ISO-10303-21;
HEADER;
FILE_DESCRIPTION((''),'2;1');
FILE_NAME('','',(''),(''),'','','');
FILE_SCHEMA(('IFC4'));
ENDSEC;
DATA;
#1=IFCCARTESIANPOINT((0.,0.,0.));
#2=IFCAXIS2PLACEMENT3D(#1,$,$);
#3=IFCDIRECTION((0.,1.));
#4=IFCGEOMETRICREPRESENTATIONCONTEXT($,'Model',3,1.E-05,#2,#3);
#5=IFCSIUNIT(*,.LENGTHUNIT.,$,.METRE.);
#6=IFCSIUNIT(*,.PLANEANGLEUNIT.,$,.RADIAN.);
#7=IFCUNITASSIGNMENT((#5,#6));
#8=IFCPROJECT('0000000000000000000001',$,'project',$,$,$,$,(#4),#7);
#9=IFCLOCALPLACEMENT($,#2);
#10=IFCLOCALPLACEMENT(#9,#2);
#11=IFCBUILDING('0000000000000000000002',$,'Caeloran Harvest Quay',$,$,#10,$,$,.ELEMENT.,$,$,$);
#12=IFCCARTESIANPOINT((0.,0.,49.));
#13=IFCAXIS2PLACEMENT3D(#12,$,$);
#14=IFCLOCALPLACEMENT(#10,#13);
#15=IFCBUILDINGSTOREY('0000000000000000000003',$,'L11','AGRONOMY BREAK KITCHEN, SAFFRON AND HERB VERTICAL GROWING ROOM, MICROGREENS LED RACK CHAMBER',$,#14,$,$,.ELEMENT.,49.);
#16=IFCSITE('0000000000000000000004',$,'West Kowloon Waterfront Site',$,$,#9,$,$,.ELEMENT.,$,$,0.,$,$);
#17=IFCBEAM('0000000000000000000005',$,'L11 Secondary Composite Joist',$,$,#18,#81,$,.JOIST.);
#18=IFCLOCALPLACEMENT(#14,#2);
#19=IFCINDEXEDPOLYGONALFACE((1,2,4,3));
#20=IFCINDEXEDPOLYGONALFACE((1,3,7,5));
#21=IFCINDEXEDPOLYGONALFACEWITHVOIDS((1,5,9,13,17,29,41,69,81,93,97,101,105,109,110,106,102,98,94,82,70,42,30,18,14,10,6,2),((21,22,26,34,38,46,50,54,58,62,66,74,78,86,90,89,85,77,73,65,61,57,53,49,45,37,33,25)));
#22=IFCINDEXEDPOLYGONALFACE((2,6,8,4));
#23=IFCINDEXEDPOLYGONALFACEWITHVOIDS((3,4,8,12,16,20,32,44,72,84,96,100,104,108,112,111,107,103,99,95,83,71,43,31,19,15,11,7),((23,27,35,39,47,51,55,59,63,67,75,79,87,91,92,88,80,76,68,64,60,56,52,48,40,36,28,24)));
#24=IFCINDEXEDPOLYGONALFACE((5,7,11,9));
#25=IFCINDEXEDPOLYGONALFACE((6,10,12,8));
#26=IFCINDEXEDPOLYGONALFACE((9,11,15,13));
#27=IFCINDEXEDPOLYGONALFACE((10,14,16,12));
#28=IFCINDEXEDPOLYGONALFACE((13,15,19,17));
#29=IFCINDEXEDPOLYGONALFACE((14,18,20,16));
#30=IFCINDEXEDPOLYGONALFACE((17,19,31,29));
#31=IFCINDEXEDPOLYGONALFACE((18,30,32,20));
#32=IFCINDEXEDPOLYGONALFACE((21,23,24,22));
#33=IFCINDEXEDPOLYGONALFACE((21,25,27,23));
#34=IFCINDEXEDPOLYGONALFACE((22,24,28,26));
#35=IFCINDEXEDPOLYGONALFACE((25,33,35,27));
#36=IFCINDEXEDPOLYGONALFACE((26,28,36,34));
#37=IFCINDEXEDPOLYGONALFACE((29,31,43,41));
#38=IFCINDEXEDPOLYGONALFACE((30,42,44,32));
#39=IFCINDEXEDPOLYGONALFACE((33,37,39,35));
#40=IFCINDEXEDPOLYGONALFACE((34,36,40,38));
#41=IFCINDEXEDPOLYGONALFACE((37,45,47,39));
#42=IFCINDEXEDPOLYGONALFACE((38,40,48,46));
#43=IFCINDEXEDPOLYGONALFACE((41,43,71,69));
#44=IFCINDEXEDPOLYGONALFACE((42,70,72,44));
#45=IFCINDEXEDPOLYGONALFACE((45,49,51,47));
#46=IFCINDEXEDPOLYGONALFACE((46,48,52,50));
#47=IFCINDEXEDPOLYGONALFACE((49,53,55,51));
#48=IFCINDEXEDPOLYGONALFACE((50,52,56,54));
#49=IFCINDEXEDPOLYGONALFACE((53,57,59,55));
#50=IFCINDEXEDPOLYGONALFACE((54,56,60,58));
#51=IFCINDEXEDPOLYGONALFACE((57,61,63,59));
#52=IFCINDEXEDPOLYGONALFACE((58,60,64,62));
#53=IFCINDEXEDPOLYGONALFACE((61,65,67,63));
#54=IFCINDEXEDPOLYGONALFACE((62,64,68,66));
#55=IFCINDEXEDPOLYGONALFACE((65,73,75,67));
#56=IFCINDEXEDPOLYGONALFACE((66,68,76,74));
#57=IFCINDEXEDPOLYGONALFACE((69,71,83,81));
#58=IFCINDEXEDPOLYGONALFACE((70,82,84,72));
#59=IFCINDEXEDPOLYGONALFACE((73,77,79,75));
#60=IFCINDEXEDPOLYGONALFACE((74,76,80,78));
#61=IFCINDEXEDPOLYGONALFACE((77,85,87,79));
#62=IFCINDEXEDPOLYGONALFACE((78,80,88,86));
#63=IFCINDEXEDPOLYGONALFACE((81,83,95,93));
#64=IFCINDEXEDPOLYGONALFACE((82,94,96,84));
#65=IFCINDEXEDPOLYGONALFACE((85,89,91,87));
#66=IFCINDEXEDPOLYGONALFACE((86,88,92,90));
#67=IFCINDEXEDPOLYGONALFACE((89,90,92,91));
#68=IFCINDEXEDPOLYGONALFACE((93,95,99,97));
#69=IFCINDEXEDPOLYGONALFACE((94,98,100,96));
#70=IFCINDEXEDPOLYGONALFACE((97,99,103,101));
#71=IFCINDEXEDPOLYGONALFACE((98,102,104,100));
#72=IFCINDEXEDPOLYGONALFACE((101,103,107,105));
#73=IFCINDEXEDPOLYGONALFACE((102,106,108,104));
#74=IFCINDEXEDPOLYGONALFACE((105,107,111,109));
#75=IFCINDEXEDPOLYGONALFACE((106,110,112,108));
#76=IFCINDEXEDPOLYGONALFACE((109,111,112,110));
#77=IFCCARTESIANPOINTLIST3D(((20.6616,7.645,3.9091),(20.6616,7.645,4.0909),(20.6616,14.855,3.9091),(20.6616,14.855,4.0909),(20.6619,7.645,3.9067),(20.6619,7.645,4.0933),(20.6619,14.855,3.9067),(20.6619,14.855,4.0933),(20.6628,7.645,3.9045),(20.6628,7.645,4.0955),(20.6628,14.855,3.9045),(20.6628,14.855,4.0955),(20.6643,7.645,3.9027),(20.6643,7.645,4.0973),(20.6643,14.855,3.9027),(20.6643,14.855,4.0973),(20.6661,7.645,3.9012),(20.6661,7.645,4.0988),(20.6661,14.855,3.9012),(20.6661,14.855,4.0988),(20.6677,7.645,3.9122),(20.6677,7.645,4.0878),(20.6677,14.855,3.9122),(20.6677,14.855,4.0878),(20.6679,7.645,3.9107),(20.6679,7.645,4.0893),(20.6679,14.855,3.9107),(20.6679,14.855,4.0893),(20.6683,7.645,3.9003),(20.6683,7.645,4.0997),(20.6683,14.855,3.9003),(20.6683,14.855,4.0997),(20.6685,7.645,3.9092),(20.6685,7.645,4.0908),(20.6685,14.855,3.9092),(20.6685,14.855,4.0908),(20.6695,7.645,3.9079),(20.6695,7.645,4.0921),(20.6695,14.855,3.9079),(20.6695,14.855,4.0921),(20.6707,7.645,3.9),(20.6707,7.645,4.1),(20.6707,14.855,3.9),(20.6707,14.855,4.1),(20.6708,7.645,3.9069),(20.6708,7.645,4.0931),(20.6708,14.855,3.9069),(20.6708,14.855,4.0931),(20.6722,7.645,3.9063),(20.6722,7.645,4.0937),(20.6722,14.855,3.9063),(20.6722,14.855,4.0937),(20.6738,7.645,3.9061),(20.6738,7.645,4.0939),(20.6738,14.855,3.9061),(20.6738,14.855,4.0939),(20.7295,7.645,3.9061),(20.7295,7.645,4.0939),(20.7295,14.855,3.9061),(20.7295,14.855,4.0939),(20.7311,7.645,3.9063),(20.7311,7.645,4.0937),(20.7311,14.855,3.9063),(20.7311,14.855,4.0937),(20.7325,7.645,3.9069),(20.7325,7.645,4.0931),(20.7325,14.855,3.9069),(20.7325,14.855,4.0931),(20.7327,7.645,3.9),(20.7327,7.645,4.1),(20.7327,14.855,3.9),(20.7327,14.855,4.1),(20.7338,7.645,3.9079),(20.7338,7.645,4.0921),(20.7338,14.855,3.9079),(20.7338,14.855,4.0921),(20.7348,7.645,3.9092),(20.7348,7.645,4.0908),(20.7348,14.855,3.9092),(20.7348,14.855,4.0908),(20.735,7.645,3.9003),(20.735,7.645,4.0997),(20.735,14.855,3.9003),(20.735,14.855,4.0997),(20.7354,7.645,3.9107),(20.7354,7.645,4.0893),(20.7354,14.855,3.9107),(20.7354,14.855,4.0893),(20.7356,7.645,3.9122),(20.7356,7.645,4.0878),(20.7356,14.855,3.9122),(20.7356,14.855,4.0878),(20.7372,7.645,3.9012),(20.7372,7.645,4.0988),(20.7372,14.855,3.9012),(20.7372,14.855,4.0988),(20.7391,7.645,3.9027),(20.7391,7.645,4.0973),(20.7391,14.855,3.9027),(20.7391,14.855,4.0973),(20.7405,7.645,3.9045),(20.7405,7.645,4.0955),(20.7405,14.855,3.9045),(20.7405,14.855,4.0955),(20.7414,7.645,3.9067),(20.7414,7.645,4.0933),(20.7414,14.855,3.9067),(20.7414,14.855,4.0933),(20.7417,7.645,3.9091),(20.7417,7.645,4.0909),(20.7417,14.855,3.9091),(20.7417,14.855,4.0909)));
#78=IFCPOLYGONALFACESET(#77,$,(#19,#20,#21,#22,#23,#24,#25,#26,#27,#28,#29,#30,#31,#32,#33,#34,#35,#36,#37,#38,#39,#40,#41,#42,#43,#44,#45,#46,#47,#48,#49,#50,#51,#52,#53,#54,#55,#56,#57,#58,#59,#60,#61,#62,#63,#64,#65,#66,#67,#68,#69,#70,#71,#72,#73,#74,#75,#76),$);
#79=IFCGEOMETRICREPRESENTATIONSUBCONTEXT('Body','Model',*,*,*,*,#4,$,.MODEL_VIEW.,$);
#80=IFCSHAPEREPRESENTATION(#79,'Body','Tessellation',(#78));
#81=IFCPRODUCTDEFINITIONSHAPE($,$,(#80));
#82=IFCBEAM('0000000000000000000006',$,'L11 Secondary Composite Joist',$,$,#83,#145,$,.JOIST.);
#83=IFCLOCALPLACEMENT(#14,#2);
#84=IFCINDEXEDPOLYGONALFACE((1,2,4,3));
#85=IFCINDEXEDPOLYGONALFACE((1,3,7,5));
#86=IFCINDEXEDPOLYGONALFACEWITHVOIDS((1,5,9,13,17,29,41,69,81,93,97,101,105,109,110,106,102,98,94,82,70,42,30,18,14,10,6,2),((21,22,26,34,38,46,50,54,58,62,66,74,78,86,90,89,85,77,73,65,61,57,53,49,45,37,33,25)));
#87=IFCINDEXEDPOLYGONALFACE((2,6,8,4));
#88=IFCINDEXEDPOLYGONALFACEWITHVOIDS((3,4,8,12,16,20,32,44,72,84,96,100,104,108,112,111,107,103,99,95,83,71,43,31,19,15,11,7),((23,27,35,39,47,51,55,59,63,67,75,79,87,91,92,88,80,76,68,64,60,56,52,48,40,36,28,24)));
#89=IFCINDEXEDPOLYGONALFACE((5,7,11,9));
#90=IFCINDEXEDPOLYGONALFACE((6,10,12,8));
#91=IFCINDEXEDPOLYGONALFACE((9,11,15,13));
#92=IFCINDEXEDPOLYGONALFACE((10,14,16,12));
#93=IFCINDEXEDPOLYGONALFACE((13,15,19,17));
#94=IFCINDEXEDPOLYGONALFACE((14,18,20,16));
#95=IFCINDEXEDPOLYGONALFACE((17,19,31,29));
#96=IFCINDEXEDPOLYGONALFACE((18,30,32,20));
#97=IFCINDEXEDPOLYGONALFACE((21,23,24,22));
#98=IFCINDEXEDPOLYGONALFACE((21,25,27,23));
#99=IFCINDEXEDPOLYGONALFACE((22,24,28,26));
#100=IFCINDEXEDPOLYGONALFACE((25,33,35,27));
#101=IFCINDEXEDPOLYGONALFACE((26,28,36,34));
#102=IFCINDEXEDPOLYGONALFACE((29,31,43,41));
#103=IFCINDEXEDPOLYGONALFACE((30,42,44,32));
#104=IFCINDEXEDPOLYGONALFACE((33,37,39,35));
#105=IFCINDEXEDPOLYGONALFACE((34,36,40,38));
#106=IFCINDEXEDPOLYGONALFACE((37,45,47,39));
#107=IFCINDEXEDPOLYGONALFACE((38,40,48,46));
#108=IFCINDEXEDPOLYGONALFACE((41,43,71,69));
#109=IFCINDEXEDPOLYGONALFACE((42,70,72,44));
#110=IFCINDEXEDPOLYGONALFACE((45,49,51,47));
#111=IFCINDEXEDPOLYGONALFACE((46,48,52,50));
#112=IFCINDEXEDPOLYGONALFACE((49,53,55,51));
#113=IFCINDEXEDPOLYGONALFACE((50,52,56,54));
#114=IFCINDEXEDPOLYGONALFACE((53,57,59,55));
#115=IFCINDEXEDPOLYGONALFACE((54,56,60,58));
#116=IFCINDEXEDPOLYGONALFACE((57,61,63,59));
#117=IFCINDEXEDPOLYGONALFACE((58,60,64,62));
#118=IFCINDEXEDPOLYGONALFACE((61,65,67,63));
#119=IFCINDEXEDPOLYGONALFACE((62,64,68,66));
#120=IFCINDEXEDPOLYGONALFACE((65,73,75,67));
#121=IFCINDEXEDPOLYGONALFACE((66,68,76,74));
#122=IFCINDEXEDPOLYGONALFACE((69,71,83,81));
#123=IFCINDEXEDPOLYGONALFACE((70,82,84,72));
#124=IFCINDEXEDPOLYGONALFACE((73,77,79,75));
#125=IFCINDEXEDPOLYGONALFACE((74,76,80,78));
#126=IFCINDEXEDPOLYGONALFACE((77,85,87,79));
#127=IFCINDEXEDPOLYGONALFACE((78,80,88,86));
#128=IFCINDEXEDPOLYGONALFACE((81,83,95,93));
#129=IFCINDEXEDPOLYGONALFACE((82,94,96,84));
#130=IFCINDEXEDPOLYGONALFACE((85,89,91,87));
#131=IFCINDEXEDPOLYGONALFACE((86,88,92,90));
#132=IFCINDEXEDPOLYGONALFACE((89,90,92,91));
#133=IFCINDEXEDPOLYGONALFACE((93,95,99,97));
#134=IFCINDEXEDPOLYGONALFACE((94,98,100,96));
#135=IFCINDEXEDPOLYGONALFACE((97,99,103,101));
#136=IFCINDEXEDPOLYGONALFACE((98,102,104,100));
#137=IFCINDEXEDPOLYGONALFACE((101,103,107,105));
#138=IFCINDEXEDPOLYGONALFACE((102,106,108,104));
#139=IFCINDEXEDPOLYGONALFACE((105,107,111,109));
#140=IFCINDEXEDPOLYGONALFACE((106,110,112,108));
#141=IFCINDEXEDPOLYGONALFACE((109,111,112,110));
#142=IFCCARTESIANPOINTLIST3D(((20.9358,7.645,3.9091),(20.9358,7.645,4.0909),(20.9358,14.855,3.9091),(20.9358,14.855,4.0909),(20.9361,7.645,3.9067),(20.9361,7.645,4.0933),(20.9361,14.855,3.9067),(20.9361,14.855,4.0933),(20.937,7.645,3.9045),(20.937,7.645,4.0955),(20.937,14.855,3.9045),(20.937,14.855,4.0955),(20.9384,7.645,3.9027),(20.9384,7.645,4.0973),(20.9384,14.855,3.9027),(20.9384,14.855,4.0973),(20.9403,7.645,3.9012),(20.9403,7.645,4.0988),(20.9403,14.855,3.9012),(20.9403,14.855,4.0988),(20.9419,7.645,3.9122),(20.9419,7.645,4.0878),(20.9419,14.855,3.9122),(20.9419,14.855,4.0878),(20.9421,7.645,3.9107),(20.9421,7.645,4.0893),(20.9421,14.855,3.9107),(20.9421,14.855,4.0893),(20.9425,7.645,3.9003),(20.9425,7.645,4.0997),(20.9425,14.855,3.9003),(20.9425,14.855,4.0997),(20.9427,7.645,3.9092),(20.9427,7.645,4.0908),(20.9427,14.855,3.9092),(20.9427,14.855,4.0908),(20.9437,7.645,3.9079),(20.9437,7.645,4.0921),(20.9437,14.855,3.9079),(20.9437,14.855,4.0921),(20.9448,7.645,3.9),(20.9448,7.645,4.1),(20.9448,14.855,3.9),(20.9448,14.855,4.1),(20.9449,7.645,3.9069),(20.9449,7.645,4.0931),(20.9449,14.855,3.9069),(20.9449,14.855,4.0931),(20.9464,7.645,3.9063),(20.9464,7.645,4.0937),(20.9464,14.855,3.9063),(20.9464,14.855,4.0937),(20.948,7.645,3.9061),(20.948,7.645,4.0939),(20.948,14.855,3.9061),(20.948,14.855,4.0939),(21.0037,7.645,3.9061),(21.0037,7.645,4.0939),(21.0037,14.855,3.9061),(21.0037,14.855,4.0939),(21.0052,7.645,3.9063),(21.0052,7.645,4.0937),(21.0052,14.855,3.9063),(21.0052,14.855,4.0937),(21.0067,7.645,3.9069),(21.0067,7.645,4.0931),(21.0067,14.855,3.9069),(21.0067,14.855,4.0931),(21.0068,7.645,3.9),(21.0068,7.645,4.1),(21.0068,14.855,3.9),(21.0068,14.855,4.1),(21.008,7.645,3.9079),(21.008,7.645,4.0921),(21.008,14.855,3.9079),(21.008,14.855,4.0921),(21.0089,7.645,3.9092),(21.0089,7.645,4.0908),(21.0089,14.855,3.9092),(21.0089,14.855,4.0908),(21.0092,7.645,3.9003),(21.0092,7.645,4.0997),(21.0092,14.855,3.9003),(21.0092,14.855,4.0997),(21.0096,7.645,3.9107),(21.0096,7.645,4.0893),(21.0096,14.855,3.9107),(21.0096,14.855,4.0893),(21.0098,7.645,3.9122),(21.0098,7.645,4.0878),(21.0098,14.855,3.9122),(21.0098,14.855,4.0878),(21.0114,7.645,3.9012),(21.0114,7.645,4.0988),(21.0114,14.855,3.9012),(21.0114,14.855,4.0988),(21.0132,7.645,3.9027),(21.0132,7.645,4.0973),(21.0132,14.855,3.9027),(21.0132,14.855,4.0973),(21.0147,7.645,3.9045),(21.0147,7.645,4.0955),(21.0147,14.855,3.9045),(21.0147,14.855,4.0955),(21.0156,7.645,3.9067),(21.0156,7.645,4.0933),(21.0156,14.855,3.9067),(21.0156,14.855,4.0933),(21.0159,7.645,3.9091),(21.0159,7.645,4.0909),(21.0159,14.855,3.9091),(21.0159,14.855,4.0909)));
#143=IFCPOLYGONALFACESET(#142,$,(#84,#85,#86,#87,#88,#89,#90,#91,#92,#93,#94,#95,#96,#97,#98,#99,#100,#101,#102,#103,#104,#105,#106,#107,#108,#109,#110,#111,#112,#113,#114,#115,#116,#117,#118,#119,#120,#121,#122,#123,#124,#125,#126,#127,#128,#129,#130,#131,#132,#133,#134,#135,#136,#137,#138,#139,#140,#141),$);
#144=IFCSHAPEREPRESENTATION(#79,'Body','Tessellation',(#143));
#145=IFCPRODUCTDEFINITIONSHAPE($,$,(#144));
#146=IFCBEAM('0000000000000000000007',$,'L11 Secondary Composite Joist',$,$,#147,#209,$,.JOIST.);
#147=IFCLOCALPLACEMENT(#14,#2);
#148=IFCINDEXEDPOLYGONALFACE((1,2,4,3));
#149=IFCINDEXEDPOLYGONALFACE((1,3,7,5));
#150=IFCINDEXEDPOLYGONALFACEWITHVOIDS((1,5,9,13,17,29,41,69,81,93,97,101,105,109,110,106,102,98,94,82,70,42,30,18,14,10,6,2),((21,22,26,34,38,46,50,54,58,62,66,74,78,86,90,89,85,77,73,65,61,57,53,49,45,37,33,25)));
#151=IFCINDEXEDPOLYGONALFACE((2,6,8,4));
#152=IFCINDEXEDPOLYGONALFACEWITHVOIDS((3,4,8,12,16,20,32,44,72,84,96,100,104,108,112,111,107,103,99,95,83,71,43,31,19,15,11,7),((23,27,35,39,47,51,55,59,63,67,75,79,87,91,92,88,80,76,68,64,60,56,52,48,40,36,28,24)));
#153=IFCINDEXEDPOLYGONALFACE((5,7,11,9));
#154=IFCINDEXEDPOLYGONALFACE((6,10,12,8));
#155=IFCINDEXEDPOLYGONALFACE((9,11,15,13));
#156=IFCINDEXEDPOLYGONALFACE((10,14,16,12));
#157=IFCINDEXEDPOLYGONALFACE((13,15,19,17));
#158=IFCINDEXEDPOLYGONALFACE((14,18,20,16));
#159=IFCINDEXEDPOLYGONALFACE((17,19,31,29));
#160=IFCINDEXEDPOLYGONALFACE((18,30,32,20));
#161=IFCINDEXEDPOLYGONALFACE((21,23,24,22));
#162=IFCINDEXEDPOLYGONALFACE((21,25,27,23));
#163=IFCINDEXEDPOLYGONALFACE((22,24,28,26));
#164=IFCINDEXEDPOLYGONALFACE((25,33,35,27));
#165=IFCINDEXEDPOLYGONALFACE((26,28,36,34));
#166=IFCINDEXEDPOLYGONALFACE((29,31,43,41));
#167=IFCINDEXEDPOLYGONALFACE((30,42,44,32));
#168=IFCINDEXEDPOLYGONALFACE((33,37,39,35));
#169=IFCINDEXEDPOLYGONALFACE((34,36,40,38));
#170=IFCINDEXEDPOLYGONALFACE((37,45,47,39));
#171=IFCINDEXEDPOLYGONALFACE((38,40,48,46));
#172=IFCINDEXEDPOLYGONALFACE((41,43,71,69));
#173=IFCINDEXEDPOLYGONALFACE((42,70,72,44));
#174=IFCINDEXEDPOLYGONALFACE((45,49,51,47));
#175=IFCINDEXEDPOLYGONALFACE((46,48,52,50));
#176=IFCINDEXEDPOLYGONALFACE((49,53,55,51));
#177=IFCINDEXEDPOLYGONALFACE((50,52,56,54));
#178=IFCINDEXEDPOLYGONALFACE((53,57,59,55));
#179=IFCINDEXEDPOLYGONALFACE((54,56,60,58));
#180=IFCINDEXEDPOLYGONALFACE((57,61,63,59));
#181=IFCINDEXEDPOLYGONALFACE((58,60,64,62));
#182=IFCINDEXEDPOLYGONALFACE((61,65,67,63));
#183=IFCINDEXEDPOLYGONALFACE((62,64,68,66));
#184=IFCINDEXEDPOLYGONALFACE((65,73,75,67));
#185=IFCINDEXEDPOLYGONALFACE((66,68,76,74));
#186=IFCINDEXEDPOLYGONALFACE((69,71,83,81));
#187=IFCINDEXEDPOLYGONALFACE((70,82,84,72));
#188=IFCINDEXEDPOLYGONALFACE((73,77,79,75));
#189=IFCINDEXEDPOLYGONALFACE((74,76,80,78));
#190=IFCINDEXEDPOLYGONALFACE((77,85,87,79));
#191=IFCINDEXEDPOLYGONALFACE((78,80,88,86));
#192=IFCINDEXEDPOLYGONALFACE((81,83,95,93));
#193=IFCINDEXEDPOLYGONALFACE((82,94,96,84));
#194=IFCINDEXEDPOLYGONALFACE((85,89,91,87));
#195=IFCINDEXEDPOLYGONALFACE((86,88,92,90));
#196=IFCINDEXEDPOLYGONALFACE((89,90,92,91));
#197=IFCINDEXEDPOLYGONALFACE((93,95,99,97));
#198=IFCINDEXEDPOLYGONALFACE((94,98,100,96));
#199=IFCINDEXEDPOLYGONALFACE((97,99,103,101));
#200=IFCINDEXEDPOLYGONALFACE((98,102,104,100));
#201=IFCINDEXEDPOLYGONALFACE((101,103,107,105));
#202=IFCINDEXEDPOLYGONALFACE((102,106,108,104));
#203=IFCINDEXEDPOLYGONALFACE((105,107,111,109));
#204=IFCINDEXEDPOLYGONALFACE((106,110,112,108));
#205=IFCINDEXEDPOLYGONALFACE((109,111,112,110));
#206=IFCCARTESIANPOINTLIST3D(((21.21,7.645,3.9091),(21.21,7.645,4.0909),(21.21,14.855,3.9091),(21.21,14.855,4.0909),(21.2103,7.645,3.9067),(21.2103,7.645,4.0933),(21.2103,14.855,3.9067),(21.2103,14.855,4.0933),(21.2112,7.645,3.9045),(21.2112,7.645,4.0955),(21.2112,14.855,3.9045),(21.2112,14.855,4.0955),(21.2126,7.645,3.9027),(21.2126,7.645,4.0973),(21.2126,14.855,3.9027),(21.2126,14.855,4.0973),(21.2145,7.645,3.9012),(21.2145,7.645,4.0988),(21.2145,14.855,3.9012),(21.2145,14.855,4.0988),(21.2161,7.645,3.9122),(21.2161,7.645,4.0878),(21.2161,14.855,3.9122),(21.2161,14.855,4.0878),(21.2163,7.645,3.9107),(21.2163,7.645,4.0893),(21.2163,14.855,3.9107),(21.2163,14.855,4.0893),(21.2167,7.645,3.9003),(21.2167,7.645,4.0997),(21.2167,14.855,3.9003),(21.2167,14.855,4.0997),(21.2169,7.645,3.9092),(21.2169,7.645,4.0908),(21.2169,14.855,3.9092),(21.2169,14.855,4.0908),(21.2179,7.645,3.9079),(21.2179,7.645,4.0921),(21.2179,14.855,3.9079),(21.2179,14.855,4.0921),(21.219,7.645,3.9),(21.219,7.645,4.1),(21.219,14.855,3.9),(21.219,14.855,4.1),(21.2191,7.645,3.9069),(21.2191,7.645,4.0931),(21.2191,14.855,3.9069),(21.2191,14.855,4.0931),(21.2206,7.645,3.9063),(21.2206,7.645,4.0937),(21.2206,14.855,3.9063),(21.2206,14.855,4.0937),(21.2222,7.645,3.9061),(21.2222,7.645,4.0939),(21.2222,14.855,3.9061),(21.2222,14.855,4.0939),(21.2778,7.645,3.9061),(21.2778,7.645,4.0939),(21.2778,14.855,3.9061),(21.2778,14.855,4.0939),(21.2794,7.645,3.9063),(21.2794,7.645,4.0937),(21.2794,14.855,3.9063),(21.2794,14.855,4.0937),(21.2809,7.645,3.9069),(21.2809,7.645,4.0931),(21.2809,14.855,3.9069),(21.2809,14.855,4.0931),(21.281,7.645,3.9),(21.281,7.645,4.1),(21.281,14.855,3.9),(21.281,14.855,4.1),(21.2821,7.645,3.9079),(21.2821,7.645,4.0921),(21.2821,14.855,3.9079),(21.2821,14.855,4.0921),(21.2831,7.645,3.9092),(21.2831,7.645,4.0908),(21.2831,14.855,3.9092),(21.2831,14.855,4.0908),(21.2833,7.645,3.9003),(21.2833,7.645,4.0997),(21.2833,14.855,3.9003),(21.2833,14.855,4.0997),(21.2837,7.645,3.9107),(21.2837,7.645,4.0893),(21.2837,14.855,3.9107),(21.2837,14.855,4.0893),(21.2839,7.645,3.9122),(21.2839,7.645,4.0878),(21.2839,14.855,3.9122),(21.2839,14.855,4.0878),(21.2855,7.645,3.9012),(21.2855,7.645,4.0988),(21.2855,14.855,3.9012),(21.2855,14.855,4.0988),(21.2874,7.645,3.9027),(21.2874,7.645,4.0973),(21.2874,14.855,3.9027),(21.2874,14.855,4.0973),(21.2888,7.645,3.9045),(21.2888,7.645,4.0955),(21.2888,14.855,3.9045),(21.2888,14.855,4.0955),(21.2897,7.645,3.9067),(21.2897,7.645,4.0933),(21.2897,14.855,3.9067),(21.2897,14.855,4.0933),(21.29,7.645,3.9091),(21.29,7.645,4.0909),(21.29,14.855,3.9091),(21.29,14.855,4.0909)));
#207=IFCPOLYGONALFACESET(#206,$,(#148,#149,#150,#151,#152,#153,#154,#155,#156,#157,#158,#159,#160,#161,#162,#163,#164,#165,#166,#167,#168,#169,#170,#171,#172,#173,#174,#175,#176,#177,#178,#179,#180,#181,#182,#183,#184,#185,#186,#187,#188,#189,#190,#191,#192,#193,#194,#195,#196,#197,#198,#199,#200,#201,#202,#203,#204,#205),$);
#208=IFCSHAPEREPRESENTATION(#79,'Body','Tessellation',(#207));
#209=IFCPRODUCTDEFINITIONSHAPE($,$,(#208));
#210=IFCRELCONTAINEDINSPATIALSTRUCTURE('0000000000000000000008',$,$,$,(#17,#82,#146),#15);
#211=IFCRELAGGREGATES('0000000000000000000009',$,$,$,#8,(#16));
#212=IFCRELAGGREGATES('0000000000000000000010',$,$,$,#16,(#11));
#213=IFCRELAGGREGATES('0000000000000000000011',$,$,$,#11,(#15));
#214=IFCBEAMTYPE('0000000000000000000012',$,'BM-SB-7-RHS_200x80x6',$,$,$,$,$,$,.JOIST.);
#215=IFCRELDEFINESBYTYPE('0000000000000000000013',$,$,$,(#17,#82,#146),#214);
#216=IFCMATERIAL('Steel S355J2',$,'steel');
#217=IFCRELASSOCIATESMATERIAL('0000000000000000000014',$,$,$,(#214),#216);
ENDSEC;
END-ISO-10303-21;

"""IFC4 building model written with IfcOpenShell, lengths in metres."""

from ifc_helpers import new_model, si_unit, direction, frame, origin, origin_2d, place, context, subcontext, project, spatial, hollow_rectangle, extrude, material, material_profile, profile_set, type_object, element, save


model = new_model("IFC4")

# Units and contexts
model_context = context("Model", 3, precision=1e-05, world=origin(), true_north=direction((0.0, 1.0)))
body_context = subcontext(model_context, "Body", "Model", "MODEL_VIEW")
ifc_project = project(units=[si_unit("LENGTHUNIT", "METRE"), si_unit("PLANEANGLEUNIT", "RADIAN")], contexts=[model_context])

# Site, building, storey
site_placement = place(None, origin())
site = spatial("IfcSite", under=ifc_project, at=site_placement, Name="West Kowloon Waterfront Site", CompositionType="ELEMENT", RefElevation=0.0)
building_placement = place(site_placement, origin())
building = spatial("IfcBuilding", under=site, at=building_placement, Name="Caeloran Harvest Quay", CompositionType="ELEMENT")
storey_placement = place(building_placement, frame((0.0, 0.0, 49.0)))
storey = spatial("IfcBuildingStorey", under=building, at=storey_placement, Name="L11", Description="AGRONOMY BREAK KITCHEN, SAFFRON AND HERB VERTICAL GROWING ROOM, MICROGREENS LED RACK CHAMBER", CompositionType="ELEMENT", Elevation=49.0)

# Beams
ifc_material_1 = material(Name="Steel S355J2", Category="steel")
ifc_material_profile_1 = material_profile(ifc_material_1, hollow_rectangle(XDim=0.0801, YDim=0.2, WallThickness=0.0061, InnerFilletRadius=0.0061, OuterFilletRadius=0.009, at=origin_2d()), Name="RHS 200x80x6")
ifc_profile_set_1 = profile_set([ifc_material_profile_1], Name="Steel S355J2")
beam_type_1 = type_object("IfcBeamType", Name="BM-SB-7-RHS_200x80x6", PredefinedType="JOIST", material=ifc_profile_set_1)
for number, where, z_axis, x_axis, name in (
    (1, (20.7017, 7.645, 4.0), (0.0, 1.0, 0.0), (-1.0, 0.0, 0.0), "L11 Secondary Composite Joist"),
    (2, (20.9758, 7.645, 4.0), (0.0, 1.0, 0.0), (-1.0, 0.0, 0.0), "L11 Secondary Composite Joist"),
    (3, (21.25, 7.645, 4.0), (0.0, 1.0, 0.0), (-1.0, 0.0, 0.0), "L11 Secondary Composite Joist"),
):
    element("IfcBeam", number, at=place(storey_placement, frame(where, z_axis=z_axis, x_axis=x_axis)), inside=storey, type_object=beam_type_1, Name=name, PredefinedType="JOIST", context=body_context, shape_type="SweptSolid", body=[
        extrude(hollow_rectangle(XDim=0.0801, YDim=0.2, WallThickness=0.0061, InnerFilletRadius=0.0061, OuterFilletRadius=0.009, at=origin_2d()), origin(), (0.0, 0.0, 1.0), 7.21),
    ])

save(model, "model.ifc")
